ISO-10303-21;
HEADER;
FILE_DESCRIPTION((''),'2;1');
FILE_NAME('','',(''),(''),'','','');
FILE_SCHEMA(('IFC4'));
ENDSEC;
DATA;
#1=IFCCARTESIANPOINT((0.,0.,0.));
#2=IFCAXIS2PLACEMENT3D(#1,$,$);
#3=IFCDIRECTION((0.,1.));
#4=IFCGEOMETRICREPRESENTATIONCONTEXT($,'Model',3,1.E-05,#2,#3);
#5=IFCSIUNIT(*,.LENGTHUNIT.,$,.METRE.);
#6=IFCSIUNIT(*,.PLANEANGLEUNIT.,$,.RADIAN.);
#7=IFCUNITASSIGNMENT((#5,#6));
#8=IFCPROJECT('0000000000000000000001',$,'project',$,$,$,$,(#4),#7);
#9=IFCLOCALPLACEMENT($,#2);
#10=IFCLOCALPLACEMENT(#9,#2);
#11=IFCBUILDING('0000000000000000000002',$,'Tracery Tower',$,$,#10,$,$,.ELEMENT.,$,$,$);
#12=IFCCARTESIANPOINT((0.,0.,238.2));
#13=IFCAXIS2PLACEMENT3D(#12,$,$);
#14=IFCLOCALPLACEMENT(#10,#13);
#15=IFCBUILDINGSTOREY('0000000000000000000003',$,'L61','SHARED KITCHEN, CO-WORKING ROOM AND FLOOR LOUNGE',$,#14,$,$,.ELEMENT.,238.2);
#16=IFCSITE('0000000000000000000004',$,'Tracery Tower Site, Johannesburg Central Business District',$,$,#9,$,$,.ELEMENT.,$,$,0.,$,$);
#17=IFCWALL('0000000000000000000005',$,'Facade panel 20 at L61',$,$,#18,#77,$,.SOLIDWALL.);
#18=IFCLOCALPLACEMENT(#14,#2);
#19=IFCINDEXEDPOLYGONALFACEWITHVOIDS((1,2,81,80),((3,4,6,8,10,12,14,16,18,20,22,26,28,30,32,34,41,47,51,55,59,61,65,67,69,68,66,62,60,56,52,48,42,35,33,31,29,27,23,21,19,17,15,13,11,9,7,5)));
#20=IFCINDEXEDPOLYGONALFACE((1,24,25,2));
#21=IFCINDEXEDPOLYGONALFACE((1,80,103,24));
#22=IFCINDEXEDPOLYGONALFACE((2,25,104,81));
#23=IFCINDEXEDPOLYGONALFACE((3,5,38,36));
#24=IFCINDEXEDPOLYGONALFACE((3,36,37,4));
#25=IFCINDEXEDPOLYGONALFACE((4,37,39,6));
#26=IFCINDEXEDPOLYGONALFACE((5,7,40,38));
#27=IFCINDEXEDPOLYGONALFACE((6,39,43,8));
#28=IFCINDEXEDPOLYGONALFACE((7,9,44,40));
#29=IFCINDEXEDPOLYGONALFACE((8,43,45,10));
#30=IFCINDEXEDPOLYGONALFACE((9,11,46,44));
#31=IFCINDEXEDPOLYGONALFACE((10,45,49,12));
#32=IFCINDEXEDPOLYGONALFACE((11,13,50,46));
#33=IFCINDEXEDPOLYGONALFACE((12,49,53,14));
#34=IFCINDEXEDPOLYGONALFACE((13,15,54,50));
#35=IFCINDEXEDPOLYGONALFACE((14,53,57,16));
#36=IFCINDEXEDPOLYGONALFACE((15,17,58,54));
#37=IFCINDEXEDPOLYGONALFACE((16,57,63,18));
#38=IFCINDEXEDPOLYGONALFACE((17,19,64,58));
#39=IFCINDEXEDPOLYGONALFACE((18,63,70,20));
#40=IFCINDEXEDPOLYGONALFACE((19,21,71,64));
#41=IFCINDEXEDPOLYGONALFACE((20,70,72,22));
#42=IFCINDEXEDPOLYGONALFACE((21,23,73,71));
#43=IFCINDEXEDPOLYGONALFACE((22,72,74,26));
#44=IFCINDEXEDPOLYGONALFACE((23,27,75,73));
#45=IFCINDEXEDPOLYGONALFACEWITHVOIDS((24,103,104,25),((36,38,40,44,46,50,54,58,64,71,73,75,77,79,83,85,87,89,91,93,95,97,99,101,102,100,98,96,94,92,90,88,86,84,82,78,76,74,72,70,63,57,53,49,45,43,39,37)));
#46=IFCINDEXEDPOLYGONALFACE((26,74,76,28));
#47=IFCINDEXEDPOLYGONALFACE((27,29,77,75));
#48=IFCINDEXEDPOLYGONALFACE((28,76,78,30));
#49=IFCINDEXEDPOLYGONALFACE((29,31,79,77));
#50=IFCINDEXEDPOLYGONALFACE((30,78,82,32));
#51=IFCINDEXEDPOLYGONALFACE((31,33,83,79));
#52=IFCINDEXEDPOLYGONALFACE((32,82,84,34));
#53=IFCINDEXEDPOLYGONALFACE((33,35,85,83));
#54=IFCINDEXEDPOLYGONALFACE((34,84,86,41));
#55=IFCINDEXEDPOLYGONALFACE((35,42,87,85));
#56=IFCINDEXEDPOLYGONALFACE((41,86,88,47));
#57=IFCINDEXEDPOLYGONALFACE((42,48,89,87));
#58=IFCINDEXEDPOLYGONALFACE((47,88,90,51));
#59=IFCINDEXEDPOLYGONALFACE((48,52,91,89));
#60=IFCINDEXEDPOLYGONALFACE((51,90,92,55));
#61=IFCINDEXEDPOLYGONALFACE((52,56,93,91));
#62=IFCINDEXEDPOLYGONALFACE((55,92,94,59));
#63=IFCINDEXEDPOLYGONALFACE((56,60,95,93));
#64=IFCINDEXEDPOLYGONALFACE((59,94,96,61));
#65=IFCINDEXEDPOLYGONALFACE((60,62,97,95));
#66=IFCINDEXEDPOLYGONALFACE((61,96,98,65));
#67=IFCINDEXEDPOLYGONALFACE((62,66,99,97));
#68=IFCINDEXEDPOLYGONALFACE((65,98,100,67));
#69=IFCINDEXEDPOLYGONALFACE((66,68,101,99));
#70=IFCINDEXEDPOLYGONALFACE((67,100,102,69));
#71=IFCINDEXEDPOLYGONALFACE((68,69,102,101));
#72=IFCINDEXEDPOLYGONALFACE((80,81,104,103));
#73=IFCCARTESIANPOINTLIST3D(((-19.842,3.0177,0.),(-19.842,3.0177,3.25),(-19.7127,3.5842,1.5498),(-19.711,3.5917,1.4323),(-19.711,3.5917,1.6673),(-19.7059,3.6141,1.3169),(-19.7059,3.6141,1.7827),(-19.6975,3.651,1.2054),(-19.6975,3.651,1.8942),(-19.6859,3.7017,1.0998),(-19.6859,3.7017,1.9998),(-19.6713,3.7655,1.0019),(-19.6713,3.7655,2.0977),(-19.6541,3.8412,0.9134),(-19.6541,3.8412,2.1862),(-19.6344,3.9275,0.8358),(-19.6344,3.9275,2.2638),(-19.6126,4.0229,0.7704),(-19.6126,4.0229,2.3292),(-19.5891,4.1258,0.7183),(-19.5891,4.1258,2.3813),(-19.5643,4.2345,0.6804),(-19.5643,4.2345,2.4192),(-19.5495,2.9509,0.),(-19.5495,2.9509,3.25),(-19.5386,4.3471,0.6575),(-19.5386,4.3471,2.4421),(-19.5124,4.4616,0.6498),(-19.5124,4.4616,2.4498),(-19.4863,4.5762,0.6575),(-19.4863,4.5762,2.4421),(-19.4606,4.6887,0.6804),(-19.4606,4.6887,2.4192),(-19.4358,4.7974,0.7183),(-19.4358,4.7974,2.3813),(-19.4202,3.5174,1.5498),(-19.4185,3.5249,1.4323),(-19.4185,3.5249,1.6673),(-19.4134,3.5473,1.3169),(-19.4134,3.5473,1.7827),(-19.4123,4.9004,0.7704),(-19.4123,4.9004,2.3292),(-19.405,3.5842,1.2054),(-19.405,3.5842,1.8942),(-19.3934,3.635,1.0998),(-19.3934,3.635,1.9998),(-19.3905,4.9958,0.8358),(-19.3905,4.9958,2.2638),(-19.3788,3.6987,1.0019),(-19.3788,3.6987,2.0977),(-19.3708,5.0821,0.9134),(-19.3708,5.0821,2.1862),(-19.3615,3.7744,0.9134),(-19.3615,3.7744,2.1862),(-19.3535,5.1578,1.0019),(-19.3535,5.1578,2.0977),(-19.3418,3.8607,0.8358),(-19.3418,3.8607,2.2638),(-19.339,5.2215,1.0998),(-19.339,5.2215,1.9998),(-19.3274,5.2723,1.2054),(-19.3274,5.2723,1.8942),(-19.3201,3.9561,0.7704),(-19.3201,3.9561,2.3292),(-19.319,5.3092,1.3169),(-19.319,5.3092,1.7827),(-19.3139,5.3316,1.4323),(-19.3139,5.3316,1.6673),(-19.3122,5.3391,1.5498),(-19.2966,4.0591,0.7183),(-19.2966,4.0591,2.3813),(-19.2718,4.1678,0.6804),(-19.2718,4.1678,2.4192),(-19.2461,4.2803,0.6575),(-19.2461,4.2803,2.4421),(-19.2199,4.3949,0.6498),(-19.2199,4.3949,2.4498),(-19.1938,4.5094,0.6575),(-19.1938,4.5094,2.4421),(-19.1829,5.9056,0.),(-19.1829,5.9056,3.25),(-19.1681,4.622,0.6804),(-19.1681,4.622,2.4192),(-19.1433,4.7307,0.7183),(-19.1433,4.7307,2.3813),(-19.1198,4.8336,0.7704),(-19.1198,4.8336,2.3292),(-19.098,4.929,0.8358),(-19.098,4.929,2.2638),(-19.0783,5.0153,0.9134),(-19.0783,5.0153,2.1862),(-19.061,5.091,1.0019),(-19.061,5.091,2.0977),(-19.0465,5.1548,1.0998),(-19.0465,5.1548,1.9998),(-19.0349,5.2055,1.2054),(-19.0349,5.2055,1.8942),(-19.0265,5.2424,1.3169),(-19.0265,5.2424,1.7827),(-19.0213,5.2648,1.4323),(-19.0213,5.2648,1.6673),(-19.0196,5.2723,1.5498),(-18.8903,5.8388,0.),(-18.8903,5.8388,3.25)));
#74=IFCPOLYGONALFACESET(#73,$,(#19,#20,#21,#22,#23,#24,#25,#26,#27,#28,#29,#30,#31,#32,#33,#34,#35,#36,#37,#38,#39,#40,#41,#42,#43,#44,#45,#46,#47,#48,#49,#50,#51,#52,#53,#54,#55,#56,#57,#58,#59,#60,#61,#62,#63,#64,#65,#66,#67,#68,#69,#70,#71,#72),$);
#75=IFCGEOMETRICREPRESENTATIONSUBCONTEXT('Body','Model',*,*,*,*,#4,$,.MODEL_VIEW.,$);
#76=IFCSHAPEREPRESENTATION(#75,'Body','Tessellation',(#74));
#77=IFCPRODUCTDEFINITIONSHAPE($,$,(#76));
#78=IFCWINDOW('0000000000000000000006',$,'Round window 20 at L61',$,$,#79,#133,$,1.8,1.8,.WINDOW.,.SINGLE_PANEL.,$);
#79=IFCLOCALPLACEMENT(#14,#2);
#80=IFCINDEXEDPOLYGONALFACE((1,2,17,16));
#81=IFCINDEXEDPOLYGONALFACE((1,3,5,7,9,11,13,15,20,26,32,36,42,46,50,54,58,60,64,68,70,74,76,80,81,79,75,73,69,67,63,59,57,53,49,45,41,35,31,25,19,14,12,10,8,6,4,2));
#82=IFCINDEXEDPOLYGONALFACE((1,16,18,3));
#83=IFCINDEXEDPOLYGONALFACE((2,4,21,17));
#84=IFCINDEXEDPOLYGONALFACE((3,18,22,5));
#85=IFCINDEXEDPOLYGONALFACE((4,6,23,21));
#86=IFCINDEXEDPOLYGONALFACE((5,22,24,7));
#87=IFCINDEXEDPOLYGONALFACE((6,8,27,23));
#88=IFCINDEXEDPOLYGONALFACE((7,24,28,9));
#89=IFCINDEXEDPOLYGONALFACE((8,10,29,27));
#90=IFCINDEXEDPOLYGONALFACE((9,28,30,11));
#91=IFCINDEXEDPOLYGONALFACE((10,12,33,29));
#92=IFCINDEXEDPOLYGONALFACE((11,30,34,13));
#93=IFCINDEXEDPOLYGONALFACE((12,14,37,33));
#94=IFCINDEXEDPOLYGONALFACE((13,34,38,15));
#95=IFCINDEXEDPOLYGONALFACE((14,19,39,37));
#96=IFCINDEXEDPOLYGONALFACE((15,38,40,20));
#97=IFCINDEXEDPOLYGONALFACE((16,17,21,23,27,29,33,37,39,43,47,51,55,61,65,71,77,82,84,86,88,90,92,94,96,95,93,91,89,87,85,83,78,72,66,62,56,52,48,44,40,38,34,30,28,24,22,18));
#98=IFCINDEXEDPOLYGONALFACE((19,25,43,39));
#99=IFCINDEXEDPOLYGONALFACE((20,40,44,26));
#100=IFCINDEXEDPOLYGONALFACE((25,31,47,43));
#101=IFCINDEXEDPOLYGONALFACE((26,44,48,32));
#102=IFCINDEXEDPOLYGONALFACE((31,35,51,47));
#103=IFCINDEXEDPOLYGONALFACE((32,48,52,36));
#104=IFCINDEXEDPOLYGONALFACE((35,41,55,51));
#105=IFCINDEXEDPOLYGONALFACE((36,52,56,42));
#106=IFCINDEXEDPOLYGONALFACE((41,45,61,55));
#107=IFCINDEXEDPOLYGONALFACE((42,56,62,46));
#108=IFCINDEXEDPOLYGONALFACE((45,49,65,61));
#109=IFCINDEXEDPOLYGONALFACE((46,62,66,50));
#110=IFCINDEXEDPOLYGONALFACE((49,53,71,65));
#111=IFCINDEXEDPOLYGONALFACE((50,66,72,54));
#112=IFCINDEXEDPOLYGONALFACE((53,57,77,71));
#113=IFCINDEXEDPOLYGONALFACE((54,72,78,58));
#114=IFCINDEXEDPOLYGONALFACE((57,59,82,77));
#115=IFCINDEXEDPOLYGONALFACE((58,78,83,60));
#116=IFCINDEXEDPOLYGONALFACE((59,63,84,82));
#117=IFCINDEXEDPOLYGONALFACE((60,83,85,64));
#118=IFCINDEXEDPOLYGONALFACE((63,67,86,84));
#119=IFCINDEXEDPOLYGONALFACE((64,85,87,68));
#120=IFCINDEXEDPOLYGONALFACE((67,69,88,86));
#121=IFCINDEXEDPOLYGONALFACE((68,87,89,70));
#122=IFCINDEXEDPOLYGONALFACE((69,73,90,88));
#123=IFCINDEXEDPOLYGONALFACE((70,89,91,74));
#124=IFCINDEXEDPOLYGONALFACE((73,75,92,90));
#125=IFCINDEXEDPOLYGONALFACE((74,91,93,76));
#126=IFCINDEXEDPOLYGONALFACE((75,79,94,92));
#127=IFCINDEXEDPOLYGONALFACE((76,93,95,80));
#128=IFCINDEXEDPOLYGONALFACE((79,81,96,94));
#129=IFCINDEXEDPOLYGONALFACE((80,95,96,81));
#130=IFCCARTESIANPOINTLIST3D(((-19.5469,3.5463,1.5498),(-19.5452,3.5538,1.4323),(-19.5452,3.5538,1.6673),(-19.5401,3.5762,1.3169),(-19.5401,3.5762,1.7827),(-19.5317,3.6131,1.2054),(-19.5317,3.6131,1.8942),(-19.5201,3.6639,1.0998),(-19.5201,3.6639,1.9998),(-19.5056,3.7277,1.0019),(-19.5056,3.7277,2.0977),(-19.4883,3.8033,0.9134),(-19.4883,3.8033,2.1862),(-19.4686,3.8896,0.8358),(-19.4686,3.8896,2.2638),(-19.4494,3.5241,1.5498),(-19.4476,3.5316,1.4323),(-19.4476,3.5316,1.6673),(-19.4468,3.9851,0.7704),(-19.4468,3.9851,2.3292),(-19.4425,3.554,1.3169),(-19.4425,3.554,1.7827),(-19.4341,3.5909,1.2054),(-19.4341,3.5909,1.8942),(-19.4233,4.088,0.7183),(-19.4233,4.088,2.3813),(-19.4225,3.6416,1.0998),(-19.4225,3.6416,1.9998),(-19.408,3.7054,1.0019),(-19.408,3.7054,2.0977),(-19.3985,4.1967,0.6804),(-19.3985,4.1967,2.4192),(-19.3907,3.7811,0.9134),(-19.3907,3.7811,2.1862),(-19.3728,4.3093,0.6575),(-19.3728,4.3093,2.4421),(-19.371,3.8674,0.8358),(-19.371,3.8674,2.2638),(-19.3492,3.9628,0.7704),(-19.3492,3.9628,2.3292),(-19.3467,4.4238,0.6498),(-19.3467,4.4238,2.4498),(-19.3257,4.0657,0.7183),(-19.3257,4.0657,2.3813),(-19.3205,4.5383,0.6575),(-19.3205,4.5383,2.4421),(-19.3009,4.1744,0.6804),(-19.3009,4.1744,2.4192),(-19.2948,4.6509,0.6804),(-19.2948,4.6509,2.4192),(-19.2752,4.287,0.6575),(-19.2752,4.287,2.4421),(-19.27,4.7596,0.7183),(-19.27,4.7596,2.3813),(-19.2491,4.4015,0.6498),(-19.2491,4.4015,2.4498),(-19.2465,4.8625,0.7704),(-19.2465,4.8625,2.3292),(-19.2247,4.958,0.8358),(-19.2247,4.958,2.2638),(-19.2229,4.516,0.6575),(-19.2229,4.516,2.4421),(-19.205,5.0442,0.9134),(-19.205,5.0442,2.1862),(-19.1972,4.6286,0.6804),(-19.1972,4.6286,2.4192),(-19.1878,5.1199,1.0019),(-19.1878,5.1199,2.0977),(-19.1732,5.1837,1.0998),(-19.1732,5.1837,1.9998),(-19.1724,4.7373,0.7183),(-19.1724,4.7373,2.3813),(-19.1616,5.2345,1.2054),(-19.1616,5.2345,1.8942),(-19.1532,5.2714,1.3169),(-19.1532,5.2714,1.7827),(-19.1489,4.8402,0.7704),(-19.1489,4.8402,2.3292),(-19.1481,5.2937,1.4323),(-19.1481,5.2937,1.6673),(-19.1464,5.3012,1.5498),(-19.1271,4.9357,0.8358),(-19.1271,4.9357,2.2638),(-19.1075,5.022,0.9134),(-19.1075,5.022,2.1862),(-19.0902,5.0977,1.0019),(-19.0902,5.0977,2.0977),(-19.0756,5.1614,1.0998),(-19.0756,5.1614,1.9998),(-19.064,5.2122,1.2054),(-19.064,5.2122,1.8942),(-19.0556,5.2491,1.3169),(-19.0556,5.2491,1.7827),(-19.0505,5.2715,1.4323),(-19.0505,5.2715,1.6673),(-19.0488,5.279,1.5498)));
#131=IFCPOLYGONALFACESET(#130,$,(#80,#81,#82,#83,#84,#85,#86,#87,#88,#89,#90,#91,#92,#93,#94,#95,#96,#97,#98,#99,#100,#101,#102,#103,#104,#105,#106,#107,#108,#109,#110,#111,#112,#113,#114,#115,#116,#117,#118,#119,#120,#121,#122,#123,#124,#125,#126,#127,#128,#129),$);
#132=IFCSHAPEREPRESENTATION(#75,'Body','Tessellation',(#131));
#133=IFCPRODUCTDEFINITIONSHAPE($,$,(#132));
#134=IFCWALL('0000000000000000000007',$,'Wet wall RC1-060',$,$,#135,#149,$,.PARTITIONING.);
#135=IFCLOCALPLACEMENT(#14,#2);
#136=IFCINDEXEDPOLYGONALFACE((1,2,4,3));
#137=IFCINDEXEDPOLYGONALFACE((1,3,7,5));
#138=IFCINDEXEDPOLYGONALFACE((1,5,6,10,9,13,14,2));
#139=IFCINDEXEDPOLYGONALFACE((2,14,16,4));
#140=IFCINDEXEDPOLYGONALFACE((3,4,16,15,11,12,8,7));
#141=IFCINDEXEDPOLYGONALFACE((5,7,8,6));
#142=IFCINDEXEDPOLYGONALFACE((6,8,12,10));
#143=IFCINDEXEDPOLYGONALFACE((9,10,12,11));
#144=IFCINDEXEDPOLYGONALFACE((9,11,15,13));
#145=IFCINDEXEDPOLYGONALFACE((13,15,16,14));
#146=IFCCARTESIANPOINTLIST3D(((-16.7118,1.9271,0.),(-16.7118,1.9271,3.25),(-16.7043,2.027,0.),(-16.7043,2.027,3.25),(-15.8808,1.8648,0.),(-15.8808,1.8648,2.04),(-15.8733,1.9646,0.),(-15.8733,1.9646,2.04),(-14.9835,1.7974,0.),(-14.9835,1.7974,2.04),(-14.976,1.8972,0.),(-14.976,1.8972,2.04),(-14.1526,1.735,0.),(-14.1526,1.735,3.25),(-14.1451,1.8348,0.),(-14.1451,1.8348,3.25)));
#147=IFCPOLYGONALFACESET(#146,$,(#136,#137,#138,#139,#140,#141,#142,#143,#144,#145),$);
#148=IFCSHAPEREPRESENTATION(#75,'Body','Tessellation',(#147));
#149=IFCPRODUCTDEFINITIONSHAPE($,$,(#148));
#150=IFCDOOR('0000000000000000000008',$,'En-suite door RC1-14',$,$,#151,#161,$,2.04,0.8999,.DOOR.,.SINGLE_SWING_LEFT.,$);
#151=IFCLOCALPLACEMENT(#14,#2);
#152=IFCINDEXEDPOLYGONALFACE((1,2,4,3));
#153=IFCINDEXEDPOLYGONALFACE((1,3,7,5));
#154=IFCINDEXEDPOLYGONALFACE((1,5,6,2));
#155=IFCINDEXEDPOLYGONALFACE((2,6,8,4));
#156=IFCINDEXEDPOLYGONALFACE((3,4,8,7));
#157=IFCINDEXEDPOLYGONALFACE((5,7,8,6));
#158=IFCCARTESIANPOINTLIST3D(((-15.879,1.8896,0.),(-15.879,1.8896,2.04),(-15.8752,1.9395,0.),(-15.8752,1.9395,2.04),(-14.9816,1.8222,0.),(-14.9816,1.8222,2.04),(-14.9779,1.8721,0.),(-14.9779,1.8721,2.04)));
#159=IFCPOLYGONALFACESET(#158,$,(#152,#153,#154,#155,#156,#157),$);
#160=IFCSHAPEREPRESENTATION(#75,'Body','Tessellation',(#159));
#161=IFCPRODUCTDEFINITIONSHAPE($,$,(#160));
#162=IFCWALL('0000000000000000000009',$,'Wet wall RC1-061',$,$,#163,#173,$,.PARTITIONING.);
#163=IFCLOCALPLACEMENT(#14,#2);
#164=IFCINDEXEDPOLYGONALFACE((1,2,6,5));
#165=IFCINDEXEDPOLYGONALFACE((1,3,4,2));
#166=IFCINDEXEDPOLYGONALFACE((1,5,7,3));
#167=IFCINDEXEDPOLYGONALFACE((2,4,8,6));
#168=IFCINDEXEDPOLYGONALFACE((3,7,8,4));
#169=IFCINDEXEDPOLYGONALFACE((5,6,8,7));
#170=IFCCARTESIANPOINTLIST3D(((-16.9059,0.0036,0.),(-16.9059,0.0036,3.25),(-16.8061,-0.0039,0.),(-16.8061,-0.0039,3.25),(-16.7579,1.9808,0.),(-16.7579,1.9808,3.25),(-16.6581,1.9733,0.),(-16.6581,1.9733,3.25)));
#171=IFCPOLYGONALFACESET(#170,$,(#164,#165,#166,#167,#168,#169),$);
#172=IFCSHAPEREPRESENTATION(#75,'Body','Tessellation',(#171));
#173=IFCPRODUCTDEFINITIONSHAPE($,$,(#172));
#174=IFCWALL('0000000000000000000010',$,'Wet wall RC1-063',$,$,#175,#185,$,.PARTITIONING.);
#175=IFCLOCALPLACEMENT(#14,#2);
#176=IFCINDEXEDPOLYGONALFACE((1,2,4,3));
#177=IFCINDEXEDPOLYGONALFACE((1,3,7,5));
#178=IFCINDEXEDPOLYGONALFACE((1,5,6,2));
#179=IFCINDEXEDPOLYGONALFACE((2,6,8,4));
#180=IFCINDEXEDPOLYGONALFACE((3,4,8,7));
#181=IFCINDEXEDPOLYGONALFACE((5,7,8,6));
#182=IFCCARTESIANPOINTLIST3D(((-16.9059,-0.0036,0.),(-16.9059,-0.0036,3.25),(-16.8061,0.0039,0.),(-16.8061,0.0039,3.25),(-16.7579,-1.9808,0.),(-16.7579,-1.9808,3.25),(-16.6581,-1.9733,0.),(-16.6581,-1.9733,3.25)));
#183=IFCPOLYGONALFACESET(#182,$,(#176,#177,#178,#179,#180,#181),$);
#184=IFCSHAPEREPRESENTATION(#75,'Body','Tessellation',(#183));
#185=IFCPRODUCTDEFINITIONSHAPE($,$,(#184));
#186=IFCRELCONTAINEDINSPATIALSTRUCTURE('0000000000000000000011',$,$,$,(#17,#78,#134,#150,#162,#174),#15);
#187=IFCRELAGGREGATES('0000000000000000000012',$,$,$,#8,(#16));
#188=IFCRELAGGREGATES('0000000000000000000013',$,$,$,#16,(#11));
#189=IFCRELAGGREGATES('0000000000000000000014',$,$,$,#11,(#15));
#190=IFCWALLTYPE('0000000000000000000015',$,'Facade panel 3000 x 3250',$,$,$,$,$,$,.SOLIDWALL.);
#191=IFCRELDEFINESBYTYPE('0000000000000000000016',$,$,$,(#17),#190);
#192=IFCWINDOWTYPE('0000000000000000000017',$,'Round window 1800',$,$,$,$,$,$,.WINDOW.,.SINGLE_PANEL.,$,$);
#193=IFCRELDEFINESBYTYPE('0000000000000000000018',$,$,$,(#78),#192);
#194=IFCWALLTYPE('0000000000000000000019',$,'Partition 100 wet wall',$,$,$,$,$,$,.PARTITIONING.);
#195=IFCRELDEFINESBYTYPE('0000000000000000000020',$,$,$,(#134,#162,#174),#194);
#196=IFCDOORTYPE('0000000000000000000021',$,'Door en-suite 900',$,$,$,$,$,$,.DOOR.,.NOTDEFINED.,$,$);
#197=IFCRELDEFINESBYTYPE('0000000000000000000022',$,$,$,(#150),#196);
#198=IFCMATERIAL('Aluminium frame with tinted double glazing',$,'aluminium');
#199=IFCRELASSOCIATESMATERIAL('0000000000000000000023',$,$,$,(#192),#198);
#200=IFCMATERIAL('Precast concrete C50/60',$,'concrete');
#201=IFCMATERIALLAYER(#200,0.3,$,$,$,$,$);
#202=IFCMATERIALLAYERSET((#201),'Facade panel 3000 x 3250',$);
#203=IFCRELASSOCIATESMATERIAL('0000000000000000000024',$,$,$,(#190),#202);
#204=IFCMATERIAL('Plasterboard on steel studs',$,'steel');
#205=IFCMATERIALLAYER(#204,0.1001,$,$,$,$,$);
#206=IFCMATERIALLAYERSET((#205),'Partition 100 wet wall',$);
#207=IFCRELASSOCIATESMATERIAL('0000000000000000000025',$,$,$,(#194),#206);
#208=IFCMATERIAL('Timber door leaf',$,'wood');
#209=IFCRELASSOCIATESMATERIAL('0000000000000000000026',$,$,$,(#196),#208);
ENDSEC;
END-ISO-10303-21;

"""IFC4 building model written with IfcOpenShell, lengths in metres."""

from ifc_helpers import new_model, si_unit, direction, frame, frame_2d, origin, origin_2d, place, context, subcontext, project, spatial, rectangle, circle, extrude, material, layer, layer_set, type_object, element, fill, save


model = new_model("IFC4")

# Units and contexts
model_context = context("Model", 3, precision=1e-05, world=origin(), true_north=direction((0.0, 1.0)))
body_context = subcontext(model_context, "Body", "Model", "MODEL_VIEW")
ifc_project = project(units=[si_unit("LENGTHUNIT", "METRE"), si_unit("PLANEANGLEUNIT", "RADIAN")], contexts=[model_context])

# Site, building, storey
site_placement = place(None, origin())
site = spatial("IfcSite", under=ifc_project, at=site_placement, Name="Tracery Tower Site, Johannesburg Central Business District", CompositionType="ELEMENT", RefElevation=0.0)
building_placement = place(site_placement, origin())
building = spatial("IfcBuilding", under=site, at=building_placement, Name="Tracery Tower", CompositionType="ELEMENT")
storey_placement = place(building_placement, frame((0.0, 0.0, 238.2)))
storey = spatial("IfcBuildingStorey", under=building, at=storey_placement, Name="L61", Description="SHARED KITCHEN, CO-WORKING ROOM AND FLOOR LOUNGE", CompositionType="ELEMENT", Elevation=238.2)

# Wall, opening, window
ifc_material_1 = material(Name="Aluminium frame with tinted double glazing", Category="aluminium")
window_type = type_object("IfcWindowType", Name="Round window 1800", PartitioningType="SINGLE_PANEL", PredefinedType="WINDOW", material=ifc_material_1)
ifc_material_2 = material(Name="Precast concrete C50/60", Category="concrete")
ifc_layer_1 = layer(ifc_material_2, 0.3)
ifc_layer_set_1 = layer_set([ifc_layer_1], Name="Facade panel 3000 x 3250")
wall_type_1 = type_object("IfcWallType", Name="Facade panel 3000 x 3250", PredefinedType="SOLIDWALL", material=ifc_layer_set_1)
wall_1_placement = place(storey_placement, frame((-19.0366, 5.8721, 0.0), z_axis=(0.0, 0.0, 1.0), x_axis=(-0.222529, -0.974926, 0.0)))
wall_1 = element("IfcWall", 1, at=wall_1_placement, inside=storey, type_object=wall_type_1, Name="Facade panel 20 at L61", PredefinedType="SOLIDWALL", context=body_context, shape_type="SweptSolid", body=[
    extrude(rectangle(XDim=2.9622, YDim=0.3, at=frame_2d((1.481, 0.0))), origin(), (0.0, 0.0, 1.0), 3.25),
])
opening_1_placement = place(wall_1_placement, frame((1.481, 0.0, 1.5498)))
opening_1 = element("IfcOpeningElement", 2, at=opening_1_placement, cuts=wall_1, PredefinedType="OPENING", context=body_context, shape_type="SweptSolid", body=[
    extrude(circle(Radius=0.9, at=origin_2d()), frame((0.0, 0.1599, 0.0), z_axis=(0.0, -1.0, 0.0), x_axis=(1.0, 0.0, 0.0)), (0.0, 0.0, 1.0), 0.3201),
])
window_1_placement = place(opening_1_placement, origin())
window_1 = element("IfcWindow", 3, at=window_1_placement, inside=storey, type_object=window_type, Name="Round window 20 at L61", OverallHeight=1.8, OverallWidth=1.8, PartitioningType="SINGLE_PANEL", PredefinedType="WINDOW", context=body_context, shape_type="SweptSolid", body=[
    extrude(circle(Radius=0.9, at=origin_2d()), frame((0.0, 0.1201, 0.0), z_axis=(0.0, -1.0, 0.0), x_axis=(1.0, 0.0, 0.0)), (0.0, 0.0, 1.0), 0.1001),
])
fill(opening_1, window_1)

# Wall, opening, door
ifc_material_3 = material(Name="Plasterboard on steel studs", Category="steel")
ifc_layer_2 = layer(ifc_material_3, 0.1001)
ifc_layer_set_2 = layer_set([ifc_layer_2], Name="Partition 100 wet wall")
wall_type_2 = type_object("IfcWallType", Name="Partition 100 wet wall", PredefinedType="PARTITIONING", material=ifc_layer_set_2)
wall_2_placement = place(storey_placement, frame((-16.708, 1.9771, 0.0), z_axis=(0.0, 0.0, 1.0), x_axis=(0.997193, -0.07487, 0.0)))
wall_2 = element("IfcWall", 4, at=wall_2_placement, inside=storey, type_object=wall_type_2, Name="Wet wall RC1-060", PredefinedType="PARTITIONING", context=body_context, shape_type="SweptSolid", body=[
    extrude(rectangle(XDim=2.5664, YDim=0.1001, at=frame_2d((1.2832, 0.0))), origin(), (0.0, 0.0, 1.0), 3.25),
])
opening_2_placement = place(wall_2_placement, frame((0.8333, 0.0, 0.0)))
opening_2 = element("IfcOpeningElement", 5, at=opening_2_placement, cuts=wall_2, PredefinedType="OPENING", context=body_context, shape_type="SweptSolid", body=[
    extrude(rectangle(XDim=0.8999, YDim=2.04, at=frame_2d((0.45, 1.02))), frame((0.0, 0.05, 0.0), z_axis=(0.0, -1.0, 0.0), x_axis=(1.0, 0.0, 0.0)), (0.0, 0.0, 1.0), 0.1001),
])
ifc_material_4 = material(Name="Timber door leaf", Category="wood")
door_type_1 = type_object("IfcDoorType", Name="Door en-suite 900", OperationType="NOTDEFINED", PredefinedType="DOOR", material=ifc_material_4)
door_1_placement = place(opening_2_placement, origin())
door_1 = element("IfcDoor", 6, at=door_1_placement, inside=storey, type_object=door_type_1, Name="En-suite door RC1-14", OperationType="SINGLE_SWING_LEFT", OverallHeight=2.04, OverallWidth=0.8999, PredefinedType="DOOR", context=body_context, shape_type="SweptSolid", body=[
    extrude(rectangle(XDim=0.8999, YDim=2.04, at=frame_2d((0.45, 1.02))), frame((0.0, 0.0249, 0.0), z_axis=(0.0, -1.0, 0.0), x_axis=(1.0, 0.0, 0.0)), (0.0, 0.0, 1.0), 0.05),
])
fill(opening_2, door_1)

# Walls
for number, where, z_axis, x_axis, name in (
    (7, (-16.856, 0.0, 0.0), (0.0, 0.0, 1.0), (0.074625, 0.997212, 0.0), "Wet wall RC1-061"),
    (8, (-16.856, 0.0, 0.0), (0.0, 0.0, 1.0), (0.074625, -0.997212, 0.0), "Wet wall RC1-063"),
):
    element("IfcWall", number, at=place(storey_placement, frame(where, z_axis=z_axis, x_axis=x_axis)), inside=storey, type_object=wall_type_2, Name=name, PredefinedType="PARTITIONING", context=body_context, shape_type="SweptSolid", body=[
        extrude(rectangle(XDim=1.9827, YDim=0.1001, at=frame_2d((0.9912, 0.0))), origin(), (0.0, 0.0, 1.0), 3.25),
    ])

save(model, "model.ifc")
